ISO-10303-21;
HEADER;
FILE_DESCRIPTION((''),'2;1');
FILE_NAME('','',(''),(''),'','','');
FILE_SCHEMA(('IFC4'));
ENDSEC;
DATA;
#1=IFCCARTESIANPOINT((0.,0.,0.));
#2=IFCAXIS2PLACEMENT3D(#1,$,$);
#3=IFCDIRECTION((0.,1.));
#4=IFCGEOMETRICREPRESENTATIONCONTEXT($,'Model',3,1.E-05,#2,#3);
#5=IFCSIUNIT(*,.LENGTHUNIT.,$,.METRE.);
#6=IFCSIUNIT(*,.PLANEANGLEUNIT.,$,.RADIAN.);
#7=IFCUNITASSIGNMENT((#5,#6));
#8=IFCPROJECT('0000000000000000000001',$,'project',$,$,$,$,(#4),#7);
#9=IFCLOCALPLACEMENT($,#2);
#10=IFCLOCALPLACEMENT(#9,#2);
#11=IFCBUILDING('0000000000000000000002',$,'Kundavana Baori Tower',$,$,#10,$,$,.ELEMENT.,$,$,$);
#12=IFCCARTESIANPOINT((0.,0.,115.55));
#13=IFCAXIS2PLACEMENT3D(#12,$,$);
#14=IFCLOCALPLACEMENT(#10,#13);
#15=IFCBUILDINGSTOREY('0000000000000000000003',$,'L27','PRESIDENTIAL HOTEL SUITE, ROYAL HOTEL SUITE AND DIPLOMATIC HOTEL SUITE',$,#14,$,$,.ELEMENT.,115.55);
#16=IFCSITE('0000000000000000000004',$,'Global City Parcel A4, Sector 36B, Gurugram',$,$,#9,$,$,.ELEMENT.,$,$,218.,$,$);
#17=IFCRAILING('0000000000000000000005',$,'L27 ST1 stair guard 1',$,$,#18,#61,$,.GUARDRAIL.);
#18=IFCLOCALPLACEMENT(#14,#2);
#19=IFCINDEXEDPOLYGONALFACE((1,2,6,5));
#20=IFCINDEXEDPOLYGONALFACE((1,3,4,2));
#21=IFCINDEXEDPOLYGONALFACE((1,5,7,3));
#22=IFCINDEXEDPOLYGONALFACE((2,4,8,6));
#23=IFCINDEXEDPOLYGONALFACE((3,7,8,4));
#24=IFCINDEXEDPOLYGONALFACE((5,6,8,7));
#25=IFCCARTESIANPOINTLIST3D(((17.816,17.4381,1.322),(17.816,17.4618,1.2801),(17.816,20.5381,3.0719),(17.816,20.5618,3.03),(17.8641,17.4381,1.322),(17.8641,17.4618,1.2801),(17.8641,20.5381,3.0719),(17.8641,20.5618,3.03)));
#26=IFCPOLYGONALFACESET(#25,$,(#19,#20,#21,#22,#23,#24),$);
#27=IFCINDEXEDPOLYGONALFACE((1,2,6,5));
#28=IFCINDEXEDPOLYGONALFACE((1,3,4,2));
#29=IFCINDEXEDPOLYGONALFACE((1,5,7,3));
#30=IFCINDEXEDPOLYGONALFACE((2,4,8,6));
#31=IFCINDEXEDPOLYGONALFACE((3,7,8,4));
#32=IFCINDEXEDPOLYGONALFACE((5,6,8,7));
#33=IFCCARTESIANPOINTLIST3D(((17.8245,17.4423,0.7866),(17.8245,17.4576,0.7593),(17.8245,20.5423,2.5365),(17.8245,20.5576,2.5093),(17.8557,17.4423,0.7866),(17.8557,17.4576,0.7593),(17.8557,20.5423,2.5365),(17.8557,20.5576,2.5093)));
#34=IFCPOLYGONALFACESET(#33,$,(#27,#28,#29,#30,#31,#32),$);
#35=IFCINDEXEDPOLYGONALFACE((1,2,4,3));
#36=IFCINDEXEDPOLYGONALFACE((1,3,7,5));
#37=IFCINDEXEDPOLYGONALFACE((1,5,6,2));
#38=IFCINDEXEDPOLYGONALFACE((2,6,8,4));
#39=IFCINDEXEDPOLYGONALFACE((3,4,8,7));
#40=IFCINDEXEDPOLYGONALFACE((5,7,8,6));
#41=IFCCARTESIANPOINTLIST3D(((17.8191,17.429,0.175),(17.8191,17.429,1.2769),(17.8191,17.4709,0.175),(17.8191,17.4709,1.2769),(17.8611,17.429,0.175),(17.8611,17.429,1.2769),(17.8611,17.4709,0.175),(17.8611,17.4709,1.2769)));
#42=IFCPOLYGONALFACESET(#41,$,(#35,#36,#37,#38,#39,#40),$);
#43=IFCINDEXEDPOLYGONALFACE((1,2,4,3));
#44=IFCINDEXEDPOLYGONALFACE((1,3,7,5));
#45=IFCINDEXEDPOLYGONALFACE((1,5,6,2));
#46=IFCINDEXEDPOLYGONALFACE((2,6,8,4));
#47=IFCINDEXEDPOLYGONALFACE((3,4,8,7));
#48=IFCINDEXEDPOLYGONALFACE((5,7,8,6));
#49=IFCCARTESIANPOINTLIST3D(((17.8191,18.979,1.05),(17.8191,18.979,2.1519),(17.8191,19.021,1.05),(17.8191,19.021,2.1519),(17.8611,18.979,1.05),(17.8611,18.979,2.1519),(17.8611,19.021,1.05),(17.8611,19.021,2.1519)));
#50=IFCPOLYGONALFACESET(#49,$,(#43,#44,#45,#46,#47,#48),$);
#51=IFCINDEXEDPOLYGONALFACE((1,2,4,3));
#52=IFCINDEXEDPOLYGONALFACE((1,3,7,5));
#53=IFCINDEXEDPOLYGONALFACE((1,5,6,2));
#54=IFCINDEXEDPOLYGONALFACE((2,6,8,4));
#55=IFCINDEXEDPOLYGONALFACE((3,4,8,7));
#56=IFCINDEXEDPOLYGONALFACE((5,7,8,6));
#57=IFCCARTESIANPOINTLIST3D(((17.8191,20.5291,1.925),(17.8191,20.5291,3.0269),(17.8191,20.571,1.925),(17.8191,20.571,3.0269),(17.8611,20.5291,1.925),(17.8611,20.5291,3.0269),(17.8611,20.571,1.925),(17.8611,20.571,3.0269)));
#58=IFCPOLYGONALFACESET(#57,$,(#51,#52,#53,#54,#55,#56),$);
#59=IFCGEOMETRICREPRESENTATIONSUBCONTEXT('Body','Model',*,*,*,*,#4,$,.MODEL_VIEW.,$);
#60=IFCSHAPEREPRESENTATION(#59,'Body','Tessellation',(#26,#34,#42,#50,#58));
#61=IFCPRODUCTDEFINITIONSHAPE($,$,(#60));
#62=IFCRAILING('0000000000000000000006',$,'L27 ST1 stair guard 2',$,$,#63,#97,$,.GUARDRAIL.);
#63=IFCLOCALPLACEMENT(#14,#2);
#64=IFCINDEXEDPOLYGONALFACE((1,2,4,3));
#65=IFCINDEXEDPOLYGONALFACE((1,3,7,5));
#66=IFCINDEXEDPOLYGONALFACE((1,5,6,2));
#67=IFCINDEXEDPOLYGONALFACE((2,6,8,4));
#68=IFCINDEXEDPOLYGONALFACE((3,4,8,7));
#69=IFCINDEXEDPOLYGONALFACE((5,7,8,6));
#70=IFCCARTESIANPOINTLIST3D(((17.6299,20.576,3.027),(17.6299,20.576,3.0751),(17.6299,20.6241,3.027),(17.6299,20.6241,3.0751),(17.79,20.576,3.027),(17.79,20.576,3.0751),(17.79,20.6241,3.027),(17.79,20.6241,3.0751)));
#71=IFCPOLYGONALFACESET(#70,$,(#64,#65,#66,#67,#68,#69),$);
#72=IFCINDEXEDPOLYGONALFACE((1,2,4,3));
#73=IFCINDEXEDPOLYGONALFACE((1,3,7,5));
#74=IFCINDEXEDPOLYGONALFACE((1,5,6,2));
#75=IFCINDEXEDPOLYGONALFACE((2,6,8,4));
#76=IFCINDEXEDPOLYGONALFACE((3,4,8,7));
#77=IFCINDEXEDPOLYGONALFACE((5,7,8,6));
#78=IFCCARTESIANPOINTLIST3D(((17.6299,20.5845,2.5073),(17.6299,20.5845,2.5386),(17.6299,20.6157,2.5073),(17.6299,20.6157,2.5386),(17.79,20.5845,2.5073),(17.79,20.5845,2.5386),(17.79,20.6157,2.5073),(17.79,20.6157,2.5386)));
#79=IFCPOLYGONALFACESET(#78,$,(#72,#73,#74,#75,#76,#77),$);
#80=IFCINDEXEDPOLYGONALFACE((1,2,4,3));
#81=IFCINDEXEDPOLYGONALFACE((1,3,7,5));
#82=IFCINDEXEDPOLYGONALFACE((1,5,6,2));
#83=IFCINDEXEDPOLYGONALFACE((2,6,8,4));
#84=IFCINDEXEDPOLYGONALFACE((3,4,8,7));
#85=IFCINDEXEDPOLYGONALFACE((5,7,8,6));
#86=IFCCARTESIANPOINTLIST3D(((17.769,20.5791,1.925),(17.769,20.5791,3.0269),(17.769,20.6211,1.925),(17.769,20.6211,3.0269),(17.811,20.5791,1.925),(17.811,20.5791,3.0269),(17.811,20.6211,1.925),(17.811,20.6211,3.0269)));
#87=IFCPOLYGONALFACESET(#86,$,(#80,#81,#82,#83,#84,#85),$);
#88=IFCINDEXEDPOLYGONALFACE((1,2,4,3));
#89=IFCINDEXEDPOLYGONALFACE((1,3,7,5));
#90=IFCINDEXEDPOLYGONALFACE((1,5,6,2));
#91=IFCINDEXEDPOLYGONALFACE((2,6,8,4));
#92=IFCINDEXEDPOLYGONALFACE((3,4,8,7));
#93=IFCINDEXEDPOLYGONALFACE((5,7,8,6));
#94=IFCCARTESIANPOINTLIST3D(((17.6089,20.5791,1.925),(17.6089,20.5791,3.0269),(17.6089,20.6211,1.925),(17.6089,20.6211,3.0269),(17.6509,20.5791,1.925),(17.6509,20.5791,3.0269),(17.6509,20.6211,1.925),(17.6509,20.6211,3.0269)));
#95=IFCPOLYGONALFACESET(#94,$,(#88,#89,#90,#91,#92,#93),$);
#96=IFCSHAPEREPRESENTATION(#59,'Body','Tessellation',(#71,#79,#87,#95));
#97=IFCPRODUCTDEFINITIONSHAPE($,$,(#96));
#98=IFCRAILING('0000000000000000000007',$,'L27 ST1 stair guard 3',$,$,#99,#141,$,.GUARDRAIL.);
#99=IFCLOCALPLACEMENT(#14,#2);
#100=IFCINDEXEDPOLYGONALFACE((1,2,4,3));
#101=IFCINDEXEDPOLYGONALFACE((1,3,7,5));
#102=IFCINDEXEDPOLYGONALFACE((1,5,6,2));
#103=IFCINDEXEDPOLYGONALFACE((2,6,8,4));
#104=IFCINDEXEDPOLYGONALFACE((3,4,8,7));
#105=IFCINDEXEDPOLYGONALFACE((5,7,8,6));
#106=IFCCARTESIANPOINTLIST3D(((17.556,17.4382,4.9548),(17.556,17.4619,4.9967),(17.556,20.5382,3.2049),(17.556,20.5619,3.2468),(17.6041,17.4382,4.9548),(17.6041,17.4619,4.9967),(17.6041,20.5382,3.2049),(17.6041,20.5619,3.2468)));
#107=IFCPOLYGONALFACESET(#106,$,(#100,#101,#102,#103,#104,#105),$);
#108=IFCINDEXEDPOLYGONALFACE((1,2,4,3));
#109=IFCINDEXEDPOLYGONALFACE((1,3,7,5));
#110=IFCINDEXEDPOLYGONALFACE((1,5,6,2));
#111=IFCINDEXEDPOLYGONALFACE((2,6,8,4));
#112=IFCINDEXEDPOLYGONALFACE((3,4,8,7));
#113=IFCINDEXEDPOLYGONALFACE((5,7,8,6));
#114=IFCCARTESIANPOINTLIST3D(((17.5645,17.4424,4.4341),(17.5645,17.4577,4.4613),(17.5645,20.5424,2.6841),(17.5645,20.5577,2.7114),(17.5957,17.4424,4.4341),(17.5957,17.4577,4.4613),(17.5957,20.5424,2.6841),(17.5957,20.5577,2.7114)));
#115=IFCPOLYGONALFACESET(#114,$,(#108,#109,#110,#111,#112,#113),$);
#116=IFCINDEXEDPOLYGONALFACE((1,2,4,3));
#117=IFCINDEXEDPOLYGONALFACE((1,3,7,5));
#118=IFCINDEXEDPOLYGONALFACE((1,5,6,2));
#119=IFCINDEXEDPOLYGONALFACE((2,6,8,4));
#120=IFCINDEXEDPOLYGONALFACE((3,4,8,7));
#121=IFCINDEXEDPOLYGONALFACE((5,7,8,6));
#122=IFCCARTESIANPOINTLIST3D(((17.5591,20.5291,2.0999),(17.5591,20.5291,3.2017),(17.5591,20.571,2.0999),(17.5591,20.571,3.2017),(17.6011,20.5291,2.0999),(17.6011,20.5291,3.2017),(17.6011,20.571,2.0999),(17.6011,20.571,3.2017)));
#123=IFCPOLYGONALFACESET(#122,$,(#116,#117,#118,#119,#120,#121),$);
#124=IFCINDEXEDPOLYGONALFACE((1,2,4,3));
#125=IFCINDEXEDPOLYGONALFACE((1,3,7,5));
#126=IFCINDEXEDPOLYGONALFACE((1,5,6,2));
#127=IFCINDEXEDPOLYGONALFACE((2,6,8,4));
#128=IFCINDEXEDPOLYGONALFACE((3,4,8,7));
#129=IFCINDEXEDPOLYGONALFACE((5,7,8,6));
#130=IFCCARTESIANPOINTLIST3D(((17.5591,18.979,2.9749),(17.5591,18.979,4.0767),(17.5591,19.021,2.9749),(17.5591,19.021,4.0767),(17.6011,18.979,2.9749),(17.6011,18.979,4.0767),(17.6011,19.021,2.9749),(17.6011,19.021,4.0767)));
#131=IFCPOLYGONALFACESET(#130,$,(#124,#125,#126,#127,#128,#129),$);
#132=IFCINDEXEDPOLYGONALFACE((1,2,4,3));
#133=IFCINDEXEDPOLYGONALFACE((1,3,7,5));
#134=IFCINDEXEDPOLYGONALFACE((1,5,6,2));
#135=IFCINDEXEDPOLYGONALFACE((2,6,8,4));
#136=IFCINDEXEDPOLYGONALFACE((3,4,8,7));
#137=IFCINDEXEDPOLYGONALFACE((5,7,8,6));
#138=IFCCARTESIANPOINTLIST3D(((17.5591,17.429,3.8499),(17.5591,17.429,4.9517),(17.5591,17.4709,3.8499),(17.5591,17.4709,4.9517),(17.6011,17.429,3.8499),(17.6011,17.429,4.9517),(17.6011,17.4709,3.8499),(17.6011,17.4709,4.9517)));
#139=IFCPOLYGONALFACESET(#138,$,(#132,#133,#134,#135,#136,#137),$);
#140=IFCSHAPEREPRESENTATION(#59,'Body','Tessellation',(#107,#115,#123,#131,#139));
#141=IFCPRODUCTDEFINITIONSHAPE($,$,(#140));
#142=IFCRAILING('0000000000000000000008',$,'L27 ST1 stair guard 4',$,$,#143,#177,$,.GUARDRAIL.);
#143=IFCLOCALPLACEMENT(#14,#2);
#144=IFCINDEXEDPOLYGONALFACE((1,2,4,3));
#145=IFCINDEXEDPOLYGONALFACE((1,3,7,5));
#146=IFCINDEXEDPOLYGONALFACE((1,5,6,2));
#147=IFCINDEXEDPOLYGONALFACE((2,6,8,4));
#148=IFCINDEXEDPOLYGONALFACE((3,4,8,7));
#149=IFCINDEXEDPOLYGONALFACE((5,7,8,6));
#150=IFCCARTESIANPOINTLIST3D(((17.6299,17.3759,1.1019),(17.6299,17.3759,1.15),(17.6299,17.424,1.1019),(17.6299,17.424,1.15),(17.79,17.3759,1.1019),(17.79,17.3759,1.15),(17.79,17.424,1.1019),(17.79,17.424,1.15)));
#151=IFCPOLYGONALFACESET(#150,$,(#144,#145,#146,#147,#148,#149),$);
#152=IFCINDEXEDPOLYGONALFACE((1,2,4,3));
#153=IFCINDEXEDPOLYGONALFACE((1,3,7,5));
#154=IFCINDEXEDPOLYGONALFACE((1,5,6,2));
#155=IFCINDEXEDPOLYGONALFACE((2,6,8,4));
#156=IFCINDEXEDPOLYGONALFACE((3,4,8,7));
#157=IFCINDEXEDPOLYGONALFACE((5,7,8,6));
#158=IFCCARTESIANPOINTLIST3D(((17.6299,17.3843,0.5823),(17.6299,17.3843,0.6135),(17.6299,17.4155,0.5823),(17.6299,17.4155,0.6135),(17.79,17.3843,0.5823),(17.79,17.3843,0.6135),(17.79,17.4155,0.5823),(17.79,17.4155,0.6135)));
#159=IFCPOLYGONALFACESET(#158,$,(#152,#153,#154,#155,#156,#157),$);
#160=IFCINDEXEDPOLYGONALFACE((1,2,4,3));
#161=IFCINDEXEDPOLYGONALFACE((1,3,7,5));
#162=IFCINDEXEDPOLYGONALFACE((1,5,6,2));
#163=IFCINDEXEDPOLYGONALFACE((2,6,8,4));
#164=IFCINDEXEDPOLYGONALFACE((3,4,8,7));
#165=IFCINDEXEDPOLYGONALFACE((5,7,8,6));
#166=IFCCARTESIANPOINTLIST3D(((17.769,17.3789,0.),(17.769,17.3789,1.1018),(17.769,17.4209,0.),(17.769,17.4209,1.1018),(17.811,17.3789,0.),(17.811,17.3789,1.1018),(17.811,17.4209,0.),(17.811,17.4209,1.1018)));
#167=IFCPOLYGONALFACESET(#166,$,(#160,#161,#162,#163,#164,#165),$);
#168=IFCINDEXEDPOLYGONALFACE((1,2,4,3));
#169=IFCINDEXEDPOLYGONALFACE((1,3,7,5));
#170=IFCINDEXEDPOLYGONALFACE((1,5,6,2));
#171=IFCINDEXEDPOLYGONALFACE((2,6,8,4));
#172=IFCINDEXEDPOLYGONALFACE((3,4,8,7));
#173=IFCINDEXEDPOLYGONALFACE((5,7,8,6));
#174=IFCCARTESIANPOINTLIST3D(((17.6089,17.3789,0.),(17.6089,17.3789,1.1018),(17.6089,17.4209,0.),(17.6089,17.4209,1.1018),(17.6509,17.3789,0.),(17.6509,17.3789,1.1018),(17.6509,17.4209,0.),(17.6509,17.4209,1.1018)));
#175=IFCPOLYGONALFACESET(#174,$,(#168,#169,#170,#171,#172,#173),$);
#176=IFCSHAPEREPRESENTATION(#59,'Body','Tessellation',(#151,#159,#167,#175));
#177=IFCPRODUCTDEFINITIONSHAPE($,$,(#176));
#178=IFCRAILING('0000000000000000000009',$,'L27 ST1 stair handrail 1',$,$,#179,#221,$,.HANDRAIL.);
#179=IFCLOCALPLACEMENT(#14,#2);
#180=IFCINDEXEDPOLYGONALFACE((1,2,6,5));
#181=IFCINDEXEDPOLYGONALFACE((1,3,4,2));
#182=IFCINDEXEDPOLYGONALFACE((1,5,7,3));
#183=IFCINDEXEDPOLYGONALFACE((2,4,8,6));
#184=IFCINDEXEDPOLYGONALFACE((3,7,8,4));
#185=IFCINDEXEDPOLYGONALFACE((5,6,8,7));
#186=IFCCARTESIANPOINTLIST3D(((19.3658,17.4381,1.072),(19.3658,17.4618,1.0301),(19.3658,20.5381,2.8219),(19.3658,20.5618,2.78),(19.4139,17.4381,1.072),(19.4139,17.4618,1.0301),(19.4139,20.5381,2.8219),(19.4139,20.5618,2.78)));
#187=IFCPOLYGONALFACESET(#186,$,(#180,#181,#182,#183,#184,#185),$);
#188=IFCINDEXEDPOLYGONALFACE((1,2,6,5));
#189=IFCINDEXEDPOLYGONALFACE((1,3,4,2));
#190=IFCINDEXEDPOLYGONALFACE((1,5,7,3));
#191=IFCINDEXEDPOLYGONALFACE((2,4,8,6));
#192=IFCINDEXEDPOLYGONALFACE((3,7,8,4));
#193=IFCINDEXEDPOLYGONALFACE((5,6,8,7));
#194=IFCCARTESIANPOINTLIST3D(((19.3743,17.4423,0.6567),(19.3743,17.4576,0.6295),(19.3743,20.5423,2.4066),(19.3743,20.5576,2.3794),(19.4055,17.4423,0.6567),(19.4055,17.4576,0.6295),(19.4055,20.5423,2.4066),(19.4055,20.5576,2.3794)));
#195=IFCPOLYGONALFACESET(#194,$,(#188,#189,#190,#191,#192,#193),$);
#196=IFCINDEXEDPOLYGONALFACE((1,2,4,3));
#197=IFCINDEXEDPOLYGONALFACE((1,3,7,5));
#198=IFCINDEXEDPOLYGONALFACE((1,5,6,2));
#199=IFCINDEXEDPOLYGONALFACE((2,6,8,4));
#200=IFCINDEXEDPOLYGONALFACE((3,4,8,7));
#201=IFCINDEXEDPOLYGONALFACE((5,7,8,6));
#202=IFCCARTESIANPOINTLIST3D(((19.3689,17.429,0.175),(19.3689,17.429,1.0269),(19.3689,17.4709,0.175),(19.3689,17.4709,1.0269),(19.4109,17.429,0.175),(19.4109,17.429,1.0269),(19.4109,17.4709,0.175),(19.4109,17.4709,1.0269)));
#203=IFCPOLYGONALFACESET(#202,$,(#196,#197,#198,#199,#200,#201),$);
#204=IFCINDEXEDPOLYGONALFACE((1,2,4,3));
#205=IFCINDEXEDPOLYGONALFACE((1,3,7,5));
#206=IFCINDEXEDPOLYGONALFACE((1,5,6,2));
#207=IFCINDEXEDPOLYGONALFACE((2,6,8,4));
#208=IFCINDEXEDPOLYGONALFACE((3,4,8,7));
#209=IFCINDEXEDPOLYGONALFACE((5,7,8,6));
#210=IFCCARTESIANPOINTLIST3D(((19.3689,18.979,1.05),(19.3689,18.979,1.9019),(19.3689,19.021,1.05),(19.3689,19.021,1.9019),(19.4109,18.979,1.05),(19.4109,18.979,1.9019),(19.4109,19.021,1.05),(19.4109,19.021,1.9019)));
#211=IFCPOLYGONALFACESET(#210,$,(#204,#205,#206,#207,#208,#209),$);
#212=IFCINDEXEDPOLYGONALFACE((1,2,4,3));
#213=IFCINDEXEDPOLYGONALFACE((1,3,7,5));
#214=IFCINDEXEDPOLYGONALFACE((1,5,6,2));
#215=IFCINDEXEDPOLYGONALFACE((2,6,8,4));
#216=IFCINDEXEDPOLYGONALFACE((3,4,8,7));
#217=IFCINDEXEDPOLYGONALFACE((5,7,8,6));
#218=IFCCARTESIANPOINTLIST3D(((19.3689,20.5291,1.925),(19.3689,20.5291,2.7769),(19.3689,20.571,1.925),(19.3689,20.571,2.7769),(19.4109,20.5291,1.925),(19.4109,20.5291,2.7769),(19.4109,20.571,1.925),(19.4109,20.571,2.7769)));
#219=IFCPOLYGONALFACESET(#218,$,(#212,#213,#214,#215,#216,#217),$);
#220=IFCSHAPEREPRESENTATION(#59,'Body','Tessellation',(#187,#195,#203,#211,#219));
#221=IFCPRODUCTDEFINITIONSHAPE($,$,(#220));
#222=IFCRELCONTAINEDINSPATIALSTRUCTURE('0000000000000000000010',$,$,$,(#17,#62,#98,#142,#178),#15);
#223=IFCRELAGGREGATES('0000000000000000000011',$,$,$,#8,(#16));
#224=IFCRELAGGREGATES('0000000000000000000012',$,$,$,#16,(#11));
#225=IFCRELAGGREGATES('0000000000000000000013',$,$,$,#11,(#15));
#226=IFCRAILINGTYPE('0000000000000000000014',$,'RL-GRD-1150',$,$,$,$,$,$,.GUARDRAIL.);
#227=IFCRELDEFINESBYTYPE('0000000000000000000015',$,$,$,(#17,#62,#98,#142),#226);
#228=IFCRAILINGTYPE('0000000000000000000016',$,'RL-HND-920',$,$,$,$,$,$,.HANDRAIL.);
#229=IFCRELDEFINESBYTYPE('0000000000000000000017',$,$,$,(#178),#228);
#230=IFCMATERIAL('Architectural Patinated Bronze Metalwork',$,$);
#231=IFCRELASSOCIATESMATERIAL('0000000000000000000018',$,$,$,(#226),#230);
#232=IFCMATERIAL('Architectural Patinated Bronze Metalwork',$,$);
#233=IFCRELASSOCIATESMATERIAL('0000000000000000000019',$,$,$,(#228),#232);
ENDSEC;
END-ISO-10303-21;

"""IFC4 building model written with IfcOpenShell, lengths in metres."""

from ifc_helpers import new_model, si_unit, direction, frame, origin, origin_2d, place, context, subcontext, project, spatial, rectangle, extrude, material, type_object, element, save


model = new_model("IFC4")

# Units and contexts
model_context = context("Model", 3, precision=1e-05, world=origin(), true_north=direction((0.0, 1.0)))
body_context = subcontext(model_context, "Body", "Model", "MODEL_VIEW")
ifc_project = project(units=[si_unit("LENGTHUNIT", "METRE"), si_unit("PLANEANGLEUNIT", "RADIAN")], contexts=[model_context])

# Site, building, storey
site_placement = place(None, origin())
site = spatial("IfcSite", under=ifc_project, at=site_placement, Name="Global City Parcel A4, Sector 36B, Gurugram", CompositionType="ELEMENT", RefElevation=218.0)
building_placement = place(site_placement, origin())
building = spatial("IfcBuilding", under=site, at=building_placement, Name="Kundavana Baori Tower", CompositionType="ELEMENT")
storey_placement = place(building_placement, frame((0.0, 0.0, 115.55)))
storey = spatial("IfcBuildingStorey", under=building, at=storey_placement, Name="L27", Description="PRESIDENTIAL HOTEL SUITE, ROYAL HOTEL SUITE AND DIPLOMATIC HOTEL SUITE", CompositionType="ELEMENT", Elevation=115.55)

# Railings
ifc_material_1 = material(Name="Architectural Patinated Bronze Metalwork")
railing_type_1 = type_object("IfcRailingType", Name="RL-GRD-1150", PredefinedType="GUARDRAIL", material=ifc_material_1)
railing_1_placement = place(storey_placement, frame((17.8401, 17.45, 0.175)))
element("IfcRailing", 1, at=railing_1_placement, inside=storey, type_object=railing_type_1, Name="L27 ST1 stair guard 1", PredefinedType="GUARDRAIL", context=body_context, shape_type="SweptSolid", body=[
    extrude(rectangle(XDim=0.0481, YDim=0.0481, at=origin_2d()), frame((0.0, 0.0, 1.126), z_axis=(0.0, 0.870831, 0.491583), x_axis=(-1.0, 0.0, 0.0)), (0.0, 0.0, 1.0), 3.5598),
    extrude(rectangle(XDim=0.0312, YDim=0.0312, at=origin_2d()), frame((0.0, 0.0, 0.5979), z_axis=(0.0, 0.870831, 0.491583), x_axis=(-1.0, 0.0, 0.0)), (0.0, 0.0, 1.0), 3.5598),
    extrude(rectangle(XDim=0.042, YDim=0.042, at=origin_2d()), origin(), (0.0, 0.0, 1.0), 1.1018),
    extrude(rectangle(XDim=0.042, YDim=0.042, at=origin_2d()), frame((0.0, 1.55, 0.875)), (0.0, 0.0, 1.0), 1.1018),
    extrude(rectangle(XDim=0.042, YDim=0.042, at=origin_2d()), frame((0.0, 3.1001, 1.75)), (0.0, 0.0, 1.0), 1.1018),
])
railing_2_placement = place(storey_placement, frame((17.79, 20.6001, 1.925)))
element("IfcRailing", 2, at=railing_2_placement, inside=storey, type_object=railing_type_1, Name="L27 ST1 stair guard 2", PredefinedType="GUARDRAIL", context=body_context, shape_type="SweptSolid", body=[
    extrude(rectangle(XDim=0.0481, YDim=0.0481, at=origin_2d()), frame((0.0, 0.0, 1.126), z_axis=(-1.0, 0.0, 0.0), x_axis=(0.0, -1.0, 0.0)), (0.0, 0.0, 1.0), 0.1602),
    extrude(rectangle(XDim=0.0312, YDim=0.0312, at=origin_2d()), frame((0.0, 0.0, 0.5979), z_axis=(-1.0, 0.0, 0.0), x_axis=(0.0, -1.0, 0.0)), (0.0, 0.0, 1.0), 0.1602),
    extrude(rectangle(XDim=0.042, YDim=0.042, at=origin_2d()), origin(), (0.0, 0.0, 1.0), 1.1018),
    extrude(rectangle(XDim=0.042, YDim=0.042, at=origin_2d()), frame((-0.1602, 0.0, 0.0)), (0.0, 0.0, 1.0), 1.1018),
])
railing_3_placement = place(storey_placement, frame((17.5801, 20.55, 2.0999)))
element("IfcRailing", 3, at=railing_3_placement, inside=storey, type_object=railing_type_1, Name="L27 ST1 stair guard 3", PredefinedType="GUARDRAIL", context=body_context, shape_type="SweptSolid", body=[
    extrude(rectangle(XDim=0.0481, YDim=0.0481, at=origin_2d()), frame((0.0, 0.0, 1.126), z_axis=(0.0, -0.870831, 0.491583), x_axis=(1.0, 0.0, 0.0)), (0.0, 0.0, 1.0), 3.5598),
    extrude(rectangle(XDim=0.0312, YDim=0.0312, at=origin_2d()), frame((0.0, 0.0, 0.5979), z_axis=(0.0, -0.870831, 0.491583), x_axis=(1.0, 0.0, 0.0)), (0.0, 0.0, 1.0), 3.5598),
    extrude(rectangle(XDim=0.042, YDim=0.042, at=origin_2d()), origin(), (0.0, 0.0, 1.0), 1.1018),
    extrude(rectangle(XDim=0.042, YDim=0.042, at=origin_2d()), frame((0.0, -1.55, 0.875)), (0.0, 0.0, 1.0), 1.1018),
    extrude(rectangle(XDim=0.042, YDim=0.042, at=origin_2d()), frame((0.0, -3.1001, 1.75)), (0.0, 0.0, 1.0), 1.1018),
])
railing_4_placement = place(storey_placement, frame((17.79, 17.3999, 0.0)))
element("IfcRailing", 4, at=railing_4_placement, inside=storey, type_object=railing_type_1, Name="L27 ST1 stair guard 4", PredefinedType="GUARDRAIL", context=body_context, shape_type="SweptSolid", body=[
    extrude(rectangle(XDim=0.0481, YDim=0.0481, at=origin_2d()), frame((0.0, 0.0, 1.126), z_axis=(-1.0, 0.0, 0.0), x_axis=(0.0, -1.0, 0.0)), (0.0, 0.0, 1.0), 0.1602),
    extrude(rectangle(XDim=0.0312, YDim=0.0312, at=origin_2d()), frame((0.0, 0.0, 0.5979), z_axis=(-1.0, 0.0, 0.0), x_axis=(0.0, -1.0, 0.0)), (0.0, 0.0, 1.0), 0.1602),
    extrude(rectangle(XDim=0.042, YDim=0.042, at=origin_2d()), origin(), (0.0, 0.0, 1.0), 1.1018),
    extrude(rectangle(XDim=0.042, YDim=0.042, at=origin_2d()), frame((-0.1602, 0.0, 0.0)), (0.0, 0.0, 1.0), 1.1018),
])
ifc_material_2 = material(Name="Architectural Patinated Bronze Metalwork")
railing_type_2 = type_object("IfcRailingType", Name="RL-HND-920", PredefinedType="HANDRAIL", material=ifc_material_2)
railing_5_placement = place(storey_placement, frame((19.3899, 17.45, 0.175)))
element("IfcRailing", 5, at=railing_5_placement, inside=storey, type_object=railing_type_2, Name="L27 ST1 stair handrail 1", PredefinedType="HANDRAIL", context=body_context, shape_type="SweptSolid", body=[
    extrude(rectangle(XDim=0.0481, YDim=0.0481, at=origin_2d()), frame((0.0, 0.0, 0.876), z_axis=(0.0, 0.870831, 0.491583), x_axis=(-1.0, 0.0, 0.0)), (0.0, 0.0, 1.0), 3.5598),
    extrude(rectangle(XDim=0.0312, YDim=0.0312, at=origin_2d()), frame((0.0, 0.0, 0.468), z_axis=(0.0, 0.870831, 0.491583), x_axis=(-1.0, 0.0, 0.0)), (0.0, 0.0, 1.0), 3.5598),
    extrude(rectangle(XDim=0.042, YDim=0.042, at=origin_2d()), origin(), (0.0, 0.0, 1.0), 0.8518),
    extrude(rectangle(XDim=0.042, YDim=0.042, at=origin_2d()), frame((0.0, 1.55, 0.875)), (0.0, 0.0, 1.0), 0.8518),
    extrude(rectangle(XDim=0.042, YDim=0.042, at=origin_2d()), frame((0.0, 3.1001, 1.75)), (0.0, 0.0, 1.0), 0.8518),
])

save(model, "model.ifc")
